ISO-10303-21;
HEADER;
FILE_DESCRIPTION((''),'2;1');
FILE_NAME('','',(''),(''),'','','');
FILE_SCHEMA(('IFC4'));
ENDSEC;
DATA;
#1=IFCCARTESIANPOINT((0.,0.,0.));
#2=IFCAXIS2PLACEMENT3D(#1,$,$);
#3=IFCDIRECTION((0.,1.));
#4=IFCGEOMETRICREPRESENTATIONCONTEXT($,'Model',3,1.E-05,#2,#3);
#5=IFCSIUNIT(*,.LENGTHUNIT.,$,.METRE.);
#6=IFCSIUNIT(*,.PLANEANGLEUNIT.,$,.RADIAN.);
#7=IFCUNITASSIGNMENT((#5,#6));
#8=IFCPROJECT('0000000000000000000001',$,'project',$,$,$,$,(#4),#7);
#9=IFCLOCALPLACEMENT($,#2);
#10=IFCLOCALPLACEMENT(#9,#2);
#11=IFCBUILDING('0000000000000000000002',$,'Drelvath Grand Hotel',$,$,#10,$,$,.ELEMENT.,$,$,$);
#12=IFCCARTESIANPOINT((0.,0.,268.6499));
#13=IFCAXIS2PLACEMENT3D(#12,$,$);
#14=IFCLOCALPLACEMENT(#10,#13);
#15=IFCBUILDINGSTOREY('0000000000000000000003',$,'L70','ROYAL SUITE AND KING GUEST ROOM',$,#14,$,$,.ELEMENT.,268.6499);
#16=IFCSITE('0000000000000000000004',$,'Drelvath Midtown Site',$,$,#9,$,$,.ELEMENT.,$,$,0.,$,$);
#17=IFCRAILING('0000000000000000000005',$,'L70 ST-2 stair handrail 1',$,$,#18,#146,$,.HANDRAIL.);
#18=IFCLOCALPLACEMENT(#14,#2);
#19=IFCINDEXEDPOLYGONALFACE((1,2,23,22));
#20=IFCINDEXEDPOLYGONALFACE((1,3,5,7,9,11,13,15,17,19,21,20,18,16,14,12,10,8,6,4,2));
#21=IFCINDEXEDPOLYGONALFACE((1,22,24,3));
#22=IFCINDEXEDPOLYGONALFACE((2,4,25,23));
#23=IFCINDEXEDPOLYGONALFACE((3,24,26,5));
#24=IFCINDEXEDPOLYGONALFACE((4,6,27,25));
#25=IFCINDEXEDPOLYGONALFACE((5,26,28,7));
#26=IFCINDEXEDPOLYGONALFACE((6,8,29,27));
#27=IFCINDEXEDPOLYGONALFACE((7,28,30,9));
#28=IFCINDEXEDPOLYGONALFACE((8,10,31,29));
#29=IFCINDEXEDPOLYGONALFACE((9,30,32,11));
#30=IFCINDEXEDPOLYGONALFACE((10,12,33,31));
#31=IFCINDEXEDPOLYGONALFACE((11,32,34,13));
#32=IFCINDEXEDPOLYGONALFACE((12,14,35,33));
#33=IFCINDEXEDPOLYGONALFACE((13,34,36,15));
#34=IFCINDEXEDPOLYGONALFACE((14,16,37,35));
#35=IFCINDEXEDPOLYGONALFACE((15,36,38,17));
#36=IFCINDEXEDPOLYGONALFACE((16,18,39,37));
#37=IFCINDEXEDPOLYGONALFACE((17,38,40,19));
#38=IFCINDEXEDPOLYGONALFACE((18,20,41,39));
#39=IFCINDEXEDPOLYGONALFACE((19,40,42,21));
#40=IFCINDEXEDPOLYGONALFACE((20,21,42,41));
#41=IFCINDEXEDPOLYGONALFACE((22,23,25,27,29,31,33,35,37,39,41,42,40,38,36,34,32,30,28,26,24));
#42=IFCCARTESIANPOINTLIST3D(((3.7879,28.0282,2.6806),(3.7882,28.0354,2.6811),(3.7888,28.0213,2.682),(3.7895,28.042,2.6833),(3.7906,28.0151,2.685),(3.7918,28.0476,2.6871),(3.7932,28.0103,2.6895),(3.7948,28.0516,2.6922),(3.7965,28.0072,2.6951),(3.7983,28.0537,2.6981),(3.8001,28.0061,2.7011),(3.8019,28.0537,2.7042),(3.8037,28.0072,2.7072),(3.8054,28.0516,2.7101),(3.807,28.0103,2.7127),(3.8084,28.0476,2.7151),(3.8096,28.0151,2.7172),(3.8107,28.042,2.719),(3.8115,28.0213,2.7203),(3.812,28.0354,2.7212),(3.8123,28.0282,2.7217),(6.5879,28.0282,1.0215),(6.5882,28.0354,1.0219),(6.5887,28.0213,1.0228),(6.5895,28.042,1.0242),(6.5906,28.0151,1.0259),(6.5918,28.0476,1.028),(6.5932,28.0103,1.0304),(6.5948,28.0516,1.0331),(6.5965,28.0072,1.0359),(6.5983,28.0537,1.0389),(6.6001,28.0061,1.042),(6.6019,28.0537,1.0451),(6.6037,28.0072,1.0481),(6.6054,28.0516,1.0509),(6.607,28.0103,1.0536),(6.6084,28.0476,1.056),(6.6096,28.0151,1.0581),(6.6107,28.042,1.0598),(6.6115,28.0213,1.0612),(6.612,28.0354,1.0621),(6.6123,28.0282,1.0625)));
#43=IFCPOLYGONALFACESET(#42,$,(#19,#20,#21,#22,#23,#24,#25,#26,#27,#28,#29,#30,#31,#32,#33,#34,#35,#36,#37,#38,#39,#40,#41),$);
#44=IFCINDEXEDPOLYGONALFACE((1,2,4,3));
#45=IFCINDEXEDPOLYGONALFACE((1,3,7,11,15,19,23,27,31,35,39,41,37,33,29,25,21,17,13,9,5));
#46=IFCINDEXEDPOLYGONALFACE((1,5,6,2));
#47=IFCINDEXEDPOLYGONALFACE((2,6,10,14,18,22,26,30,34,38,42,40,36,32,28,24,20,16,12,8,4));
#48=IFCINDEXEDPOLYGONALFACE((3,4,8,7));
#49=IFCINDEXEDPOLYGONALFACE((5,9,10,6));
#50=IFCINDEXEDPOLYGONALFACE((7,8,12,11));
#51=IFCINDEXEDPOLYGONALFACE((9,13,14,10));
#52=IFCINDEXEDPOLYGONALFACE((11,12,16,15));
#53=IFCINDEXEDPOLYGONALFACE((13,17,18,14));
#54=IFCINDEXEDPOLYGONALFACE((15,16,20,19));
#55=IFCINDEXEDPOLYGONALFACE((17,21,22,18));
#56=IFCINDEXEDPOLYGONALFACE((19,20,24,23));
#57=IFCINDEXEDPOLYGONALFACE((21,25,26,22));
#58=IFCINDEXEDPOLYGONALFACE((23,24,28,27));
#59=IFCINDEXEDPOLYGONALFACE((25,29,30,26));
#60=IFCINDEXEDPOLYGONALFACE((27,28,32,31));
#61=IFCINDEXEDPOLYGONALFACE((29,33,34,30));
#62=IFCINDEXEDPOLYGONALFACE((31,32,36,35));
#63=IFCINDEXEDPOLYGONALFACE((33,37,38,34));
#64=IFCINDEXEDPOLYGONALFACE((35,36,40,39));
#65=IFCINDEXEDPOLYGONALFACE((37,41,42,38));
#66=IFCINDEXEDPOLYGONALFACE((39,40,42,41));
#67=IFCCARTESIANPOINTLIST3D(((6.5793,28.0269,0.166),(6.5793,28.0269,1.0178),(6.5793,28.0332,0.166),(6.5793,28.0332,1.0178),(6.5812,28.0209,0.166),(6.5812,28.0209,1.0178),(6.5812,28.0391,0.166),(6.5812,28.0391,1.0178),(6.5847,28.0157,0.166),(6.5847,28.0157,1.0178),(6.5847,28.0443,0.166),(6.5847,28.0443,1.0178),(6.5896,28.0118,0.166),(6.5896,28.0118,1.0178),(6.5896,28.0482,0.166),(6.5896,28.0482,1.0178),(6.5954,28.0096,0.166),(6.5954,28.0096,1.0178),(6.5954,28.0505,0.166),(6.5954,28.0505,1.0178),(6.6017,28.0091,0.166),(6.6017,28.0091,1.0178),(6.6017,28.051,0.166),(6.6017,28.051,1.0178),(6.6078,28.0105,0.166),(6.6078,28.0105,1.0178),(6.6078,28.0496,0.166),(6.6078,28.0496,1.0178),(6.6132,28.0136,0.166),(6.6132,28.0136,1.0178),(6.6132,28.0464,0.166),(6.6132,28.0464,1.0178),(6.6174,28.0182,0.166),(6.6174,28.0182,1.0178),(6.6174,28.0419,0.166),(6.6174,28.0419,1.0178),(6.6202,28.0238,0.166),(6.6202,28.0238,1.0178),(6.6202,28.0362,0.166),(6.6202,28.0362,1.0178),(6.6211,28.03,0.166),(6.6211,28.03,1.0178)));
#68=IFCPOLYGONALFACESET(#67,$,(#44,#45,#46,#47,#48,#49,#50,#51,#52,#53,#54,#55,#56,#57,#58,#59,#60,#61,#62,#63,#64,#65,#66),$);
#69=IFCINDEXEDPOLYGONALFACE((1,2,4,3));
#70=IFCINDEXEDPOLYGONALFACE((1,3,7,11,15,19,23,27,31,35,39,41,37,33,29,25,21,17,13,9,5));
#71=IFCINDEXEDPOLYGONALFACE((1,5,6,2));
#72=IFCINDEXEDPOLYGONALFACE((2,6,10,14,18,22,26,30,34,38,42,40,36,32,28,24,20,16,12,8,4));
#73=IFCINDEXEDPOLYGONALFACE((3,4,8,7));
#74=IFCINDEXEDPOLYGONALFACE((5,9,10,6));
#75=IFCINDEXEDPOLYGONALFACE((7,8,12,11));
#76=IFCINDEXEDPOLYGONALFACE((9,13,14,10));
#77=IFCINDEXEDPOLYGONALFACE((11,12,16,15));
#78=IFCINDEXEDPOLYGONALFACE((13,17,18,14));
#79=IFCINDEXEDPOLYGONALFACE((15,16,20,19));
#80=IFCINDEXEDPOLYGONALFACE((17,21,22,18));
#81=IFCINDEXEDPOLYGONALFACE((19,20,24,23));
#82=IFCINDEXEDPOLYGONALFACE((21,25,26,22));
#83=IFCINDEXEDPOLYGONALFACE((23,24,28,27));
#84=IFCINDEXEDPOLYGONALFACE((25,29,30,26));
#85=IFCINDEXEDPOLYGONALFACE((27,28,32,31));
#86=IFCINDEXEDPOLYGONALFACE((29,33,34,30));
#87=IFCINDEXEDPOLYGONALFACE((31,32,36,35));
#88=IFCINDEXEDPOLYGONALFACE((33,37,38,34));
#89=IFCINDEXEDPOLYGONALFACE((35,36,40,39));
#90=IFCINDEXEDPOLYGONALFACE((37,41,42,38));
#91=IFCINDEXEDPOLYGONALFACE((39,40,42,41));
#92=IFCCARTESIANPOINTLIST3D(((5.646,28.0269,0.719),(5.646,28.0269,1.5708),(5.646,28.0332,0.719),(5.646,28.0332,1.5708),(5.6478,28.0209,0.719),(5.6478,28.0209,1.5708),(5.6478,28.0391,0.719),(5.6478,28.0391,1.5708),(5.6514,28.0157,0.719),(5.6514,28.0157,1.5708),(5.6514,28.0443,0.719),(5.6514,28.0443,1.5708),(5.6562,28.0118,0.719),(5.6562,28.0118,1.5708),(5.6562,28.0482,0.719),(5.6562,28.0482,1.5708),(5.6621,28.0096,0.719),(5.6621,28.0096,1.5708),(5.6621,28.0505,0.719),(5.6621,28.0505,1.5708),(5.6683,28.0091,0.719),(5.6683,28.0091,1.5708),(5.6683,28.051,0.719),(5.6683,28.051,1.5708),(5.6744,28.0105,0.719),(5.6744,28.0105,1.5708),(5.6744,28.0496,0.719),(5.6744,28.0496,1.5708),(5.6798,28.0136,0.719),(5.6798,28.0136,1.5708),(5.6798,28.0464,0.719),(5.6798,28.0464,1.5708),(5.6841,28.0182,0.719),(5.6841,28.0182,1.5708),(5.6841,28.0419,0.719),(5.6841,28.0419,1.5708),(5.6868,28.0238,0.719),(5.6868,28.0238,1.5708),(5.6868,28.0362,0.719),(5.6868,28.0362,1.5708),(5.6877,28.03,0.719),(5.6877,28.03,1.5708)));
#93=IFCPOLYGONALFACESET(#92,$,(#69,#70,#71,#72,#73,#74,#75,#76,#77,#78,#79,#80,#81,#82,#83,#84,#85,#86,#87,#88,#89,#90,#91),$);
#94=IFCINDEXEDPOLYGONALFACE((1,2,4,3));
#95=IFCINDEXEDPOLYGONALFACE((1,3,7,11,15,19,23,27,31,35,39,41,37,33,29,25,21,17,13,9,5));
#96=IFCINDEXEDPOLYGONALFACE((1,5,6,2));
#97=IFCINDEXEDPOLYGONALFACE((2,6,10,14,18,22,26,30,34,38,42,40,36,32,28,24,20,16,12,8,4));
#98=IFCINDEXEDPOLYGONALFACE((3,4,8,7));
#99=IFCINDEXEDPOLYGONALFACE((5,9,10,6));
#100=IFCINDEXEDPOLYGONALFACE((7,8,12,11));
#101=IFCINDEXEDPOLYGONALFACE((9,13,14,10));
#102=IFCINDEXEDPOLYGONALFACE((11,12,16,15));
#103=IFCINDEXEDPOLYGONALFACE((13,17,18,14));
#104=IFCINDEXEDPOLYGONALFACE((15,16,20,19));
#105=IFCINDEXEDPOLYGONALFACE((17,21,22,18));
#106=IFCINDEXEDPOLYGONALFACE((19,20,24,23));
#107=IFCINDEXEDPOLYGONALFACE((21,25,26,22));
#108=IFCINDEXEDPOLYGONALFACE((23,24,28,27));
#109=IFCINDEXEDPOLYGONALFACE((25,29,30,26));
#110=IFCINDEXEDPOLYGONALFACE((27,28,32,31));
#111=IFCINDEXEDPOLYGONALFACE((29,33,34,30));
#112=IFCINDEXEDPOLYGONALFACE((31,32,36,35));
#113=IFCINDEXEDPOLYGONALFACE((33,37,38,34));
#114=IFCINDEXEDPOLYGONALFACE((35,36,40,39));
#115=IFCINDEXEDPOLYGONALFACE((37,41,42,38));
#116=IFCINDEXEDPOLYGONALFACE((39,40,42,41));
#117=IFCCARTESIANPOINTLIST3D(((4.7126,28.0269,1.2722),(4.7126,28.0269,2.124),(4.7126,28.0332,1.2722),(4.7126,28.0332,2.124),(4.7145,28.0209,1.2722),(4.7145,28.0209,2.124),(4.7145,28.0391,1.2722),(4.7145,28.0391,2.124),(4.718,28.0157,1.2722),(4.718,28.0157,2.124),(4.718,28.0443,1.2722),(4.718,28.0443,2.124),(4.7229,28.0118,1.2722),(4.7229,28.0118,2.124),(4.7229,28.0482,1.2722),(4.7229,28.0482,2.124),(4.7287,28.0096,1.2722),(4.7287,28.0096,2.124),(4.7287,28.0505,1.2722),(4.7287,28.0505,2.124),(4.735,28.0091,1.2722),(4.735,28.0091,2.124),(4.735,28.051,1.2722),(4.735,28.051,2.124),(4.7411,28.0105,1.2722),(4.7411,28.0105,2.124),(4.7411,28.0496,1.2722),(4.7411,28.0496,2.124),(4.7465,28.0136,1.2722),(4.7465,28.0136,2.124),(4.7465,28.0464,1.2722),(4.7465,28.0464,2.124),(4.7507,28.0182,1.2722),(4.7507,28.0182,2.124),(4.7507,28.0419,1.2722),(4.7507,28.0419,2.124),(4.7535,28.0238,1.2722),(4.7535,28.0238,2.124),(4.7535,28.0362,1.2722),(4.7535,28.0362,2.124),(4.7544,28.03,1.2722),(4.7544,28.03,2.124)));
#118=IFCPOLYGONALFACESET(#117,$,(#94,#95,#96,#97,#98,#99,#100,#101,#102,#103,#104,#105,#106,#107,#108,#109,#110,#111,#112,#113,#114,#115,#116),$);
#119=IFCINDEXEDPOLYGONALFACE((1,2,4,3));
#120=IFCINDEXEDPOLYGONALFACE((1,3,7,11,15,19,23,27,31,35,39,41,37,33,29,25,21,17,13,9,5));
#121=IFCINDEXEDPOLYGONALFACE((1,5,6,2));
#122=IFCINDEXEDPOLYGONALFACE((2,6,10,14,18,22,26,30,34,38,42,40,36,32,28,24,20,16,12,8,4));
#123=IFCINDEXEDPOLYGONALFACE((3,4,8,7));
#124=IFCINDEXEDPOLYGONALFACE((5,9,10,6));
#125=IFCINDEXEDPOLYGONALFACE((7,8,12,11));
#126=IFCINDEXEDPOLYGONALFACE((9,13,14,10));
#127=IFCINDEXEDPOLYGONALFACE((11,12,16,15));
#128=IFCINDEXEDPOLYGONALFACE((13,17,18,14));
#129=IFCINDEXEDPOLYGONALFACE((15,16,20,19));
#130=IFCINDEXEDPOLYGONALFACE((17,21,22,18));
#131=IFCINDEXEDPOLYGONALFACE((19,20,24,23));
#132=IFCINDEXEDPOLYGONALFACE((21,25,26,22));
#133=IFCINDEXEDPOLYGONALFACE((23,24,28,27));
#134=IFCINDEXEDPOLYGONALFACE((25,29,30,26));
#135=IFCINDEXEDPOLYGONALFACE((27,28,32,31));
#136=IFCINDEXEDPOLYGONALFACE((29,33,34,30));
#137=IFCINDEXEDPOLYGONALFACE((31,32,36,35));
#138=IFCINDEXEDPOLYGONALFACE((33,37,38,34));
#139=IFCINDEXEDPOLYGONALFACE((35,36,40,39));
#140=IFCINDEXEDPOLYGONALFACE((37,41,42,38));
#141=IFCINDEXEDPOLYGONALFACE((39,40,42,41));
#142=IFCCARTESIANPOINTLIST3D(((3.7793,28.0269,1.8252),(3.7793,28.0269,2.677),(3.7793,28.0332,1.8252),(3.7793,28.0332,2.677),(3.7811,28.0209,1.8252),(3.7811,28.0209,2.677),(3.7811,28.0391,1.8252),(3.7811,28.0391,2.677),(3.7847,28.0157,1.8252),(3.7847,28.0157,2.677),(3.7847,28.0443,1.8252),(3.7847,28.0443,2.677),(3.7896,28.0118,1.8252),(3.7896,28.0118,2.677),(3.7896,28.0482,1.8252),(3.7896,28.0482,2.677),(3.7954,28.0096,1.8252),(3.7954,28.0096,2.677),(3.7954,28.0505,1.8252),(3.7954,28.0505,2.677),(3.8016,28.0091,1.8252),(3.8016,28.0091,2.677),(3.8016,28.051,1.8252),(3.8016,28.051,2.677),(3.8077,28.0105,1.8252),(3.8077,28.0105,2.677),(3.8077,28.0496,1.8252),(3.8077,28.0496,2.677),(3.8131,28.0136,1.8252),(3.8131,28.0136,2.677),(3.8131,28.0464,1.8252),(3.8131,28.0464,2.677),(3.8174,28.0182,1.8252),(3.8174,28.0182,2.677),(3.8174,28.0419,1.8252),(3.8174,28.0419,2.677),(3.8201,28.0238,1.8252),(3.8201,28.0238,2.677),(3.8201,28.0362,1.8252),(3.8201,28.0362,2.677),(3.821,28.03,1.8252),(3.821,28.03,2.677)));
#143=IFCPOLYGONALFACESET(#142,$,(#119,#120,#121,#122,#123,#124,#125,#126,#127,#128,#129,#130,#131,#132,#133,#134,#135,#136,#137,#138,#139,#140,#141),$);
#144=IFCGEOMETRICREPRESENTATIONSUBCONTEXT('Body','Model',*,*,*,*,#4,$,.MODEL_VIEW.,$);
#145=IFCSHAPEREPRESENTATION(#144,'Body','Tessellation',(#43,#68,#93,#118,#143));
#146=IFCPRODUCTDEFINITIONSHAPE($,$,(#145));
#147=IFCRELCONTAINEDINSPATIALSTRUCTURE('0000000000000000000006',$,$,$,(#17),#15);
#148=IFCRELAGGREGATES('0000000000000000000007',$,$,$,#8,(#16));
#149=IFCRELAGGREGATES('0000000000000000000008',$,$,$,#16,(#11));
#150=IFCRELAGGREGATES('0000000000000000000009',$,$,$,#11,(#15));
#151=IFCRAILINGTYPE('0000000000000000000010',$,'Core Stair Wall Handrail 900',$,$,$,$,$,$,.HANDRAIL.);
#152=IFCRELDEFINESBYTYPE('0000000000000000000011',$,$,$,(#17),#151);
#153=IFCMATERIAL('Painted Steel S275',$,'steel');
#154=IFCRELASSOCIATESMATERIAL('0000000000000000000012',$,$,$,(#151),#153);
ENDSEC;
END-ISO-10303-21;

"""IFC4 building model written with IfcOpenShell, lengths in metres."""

from ifc_helpers import new_model, si_unit, direction, frame, origin, origin_2d, place, context, subcontext, project, spatial, circle, extrude, material, type_object, element, save


model = new_model("IFC4")

# Units and contexts
model_context = context("Model", 3, precision=1e-05, world=origin(), true_north=direction((0.0, 1.0)))
body_context = subcontext(model_context, "Body", "Model", "MODEL_VIEW")
ifc_project = project(units=[si_unit("LENGTHUNIT", "METRE"), si_unit("PLANEANGLEUNIT", "RADIAN")], contexts=[model_context])

# Site, building, storey
site_placement = place(None, origin())
site = spatial("IfcSite", under=ifc_project, at=site_placement, Name="Drelvath Midtown Site", CompositionType="ELEMENT", RefElevation=0.0)
building_placement = place(site_placement, origin())
building = spatial("IfcBuilding", under=site, at=building_placement, Name="Drelvath Grand Hotel", CompositionType="ELEMENT")
storey_placement = place(building_placement, frame((0.0, 0.0, 268.6499)))
storey = spatial("IfcBuildingStorey", under=building, at=storey_placement, Name="L70", Description="ROYAL SUITE AND KING GUEST ROOM", CompositionType="ELEMENT", Elevation=268.6499)

# Shared definitions
ifc_material_1 = material(Name="Painted Steel S275", Category="steel")

# Railing
railing_type = type_object("IfcRailingType", Name="Core Stair Wall Handrail 900", PredefinedType="HANDRAIL", material=ifc_material_1)
railing_placement = place(storey_placement, frame((6.6001, 28.03, 0.166)))
element("IfcRailing", 1, at=railing_placement, inside=storey, type_object=railing_type, Name="L70 ST-2 stair handrail 1", PredefinedType="HANDRAIL", context=body_context, shape_type="SweptSolid", body=[
    extrude(circle(Radius=0.0239, at=origin_2d()), frame((0.0, 0.0, 0.876), z_axis=(-0.860306, 0.0, 0.509778), x_axis=(0.0, -1.0, 0.0)), (0.0, 0.0, 1.0), 3.2546),
    extrude(circle(Radius=0.021, at=origin_2d()), origin(), (0.0, 0.0, 1.0), 0.8518),
    extrude(circle(Radius=0.021, at=origin_2d()), frame((-0.9333, 0.0, 0.553)), (0.0, 0.0, 1.0), 0.8518),
    extrude(circle(Radius=0.021, at=origin_2d()), frame((-1.8667, 0.0, 1.1062)), (0.0, 0.0, 1.0), 0.8518),
    extrude(circle(Radius=0.021, at=origin_2d()), frame((-2.8, 0.0, 1.6592)), (0.0, 0.0, 1.0), 0.8518),
])

save(model, "model.ifc")
